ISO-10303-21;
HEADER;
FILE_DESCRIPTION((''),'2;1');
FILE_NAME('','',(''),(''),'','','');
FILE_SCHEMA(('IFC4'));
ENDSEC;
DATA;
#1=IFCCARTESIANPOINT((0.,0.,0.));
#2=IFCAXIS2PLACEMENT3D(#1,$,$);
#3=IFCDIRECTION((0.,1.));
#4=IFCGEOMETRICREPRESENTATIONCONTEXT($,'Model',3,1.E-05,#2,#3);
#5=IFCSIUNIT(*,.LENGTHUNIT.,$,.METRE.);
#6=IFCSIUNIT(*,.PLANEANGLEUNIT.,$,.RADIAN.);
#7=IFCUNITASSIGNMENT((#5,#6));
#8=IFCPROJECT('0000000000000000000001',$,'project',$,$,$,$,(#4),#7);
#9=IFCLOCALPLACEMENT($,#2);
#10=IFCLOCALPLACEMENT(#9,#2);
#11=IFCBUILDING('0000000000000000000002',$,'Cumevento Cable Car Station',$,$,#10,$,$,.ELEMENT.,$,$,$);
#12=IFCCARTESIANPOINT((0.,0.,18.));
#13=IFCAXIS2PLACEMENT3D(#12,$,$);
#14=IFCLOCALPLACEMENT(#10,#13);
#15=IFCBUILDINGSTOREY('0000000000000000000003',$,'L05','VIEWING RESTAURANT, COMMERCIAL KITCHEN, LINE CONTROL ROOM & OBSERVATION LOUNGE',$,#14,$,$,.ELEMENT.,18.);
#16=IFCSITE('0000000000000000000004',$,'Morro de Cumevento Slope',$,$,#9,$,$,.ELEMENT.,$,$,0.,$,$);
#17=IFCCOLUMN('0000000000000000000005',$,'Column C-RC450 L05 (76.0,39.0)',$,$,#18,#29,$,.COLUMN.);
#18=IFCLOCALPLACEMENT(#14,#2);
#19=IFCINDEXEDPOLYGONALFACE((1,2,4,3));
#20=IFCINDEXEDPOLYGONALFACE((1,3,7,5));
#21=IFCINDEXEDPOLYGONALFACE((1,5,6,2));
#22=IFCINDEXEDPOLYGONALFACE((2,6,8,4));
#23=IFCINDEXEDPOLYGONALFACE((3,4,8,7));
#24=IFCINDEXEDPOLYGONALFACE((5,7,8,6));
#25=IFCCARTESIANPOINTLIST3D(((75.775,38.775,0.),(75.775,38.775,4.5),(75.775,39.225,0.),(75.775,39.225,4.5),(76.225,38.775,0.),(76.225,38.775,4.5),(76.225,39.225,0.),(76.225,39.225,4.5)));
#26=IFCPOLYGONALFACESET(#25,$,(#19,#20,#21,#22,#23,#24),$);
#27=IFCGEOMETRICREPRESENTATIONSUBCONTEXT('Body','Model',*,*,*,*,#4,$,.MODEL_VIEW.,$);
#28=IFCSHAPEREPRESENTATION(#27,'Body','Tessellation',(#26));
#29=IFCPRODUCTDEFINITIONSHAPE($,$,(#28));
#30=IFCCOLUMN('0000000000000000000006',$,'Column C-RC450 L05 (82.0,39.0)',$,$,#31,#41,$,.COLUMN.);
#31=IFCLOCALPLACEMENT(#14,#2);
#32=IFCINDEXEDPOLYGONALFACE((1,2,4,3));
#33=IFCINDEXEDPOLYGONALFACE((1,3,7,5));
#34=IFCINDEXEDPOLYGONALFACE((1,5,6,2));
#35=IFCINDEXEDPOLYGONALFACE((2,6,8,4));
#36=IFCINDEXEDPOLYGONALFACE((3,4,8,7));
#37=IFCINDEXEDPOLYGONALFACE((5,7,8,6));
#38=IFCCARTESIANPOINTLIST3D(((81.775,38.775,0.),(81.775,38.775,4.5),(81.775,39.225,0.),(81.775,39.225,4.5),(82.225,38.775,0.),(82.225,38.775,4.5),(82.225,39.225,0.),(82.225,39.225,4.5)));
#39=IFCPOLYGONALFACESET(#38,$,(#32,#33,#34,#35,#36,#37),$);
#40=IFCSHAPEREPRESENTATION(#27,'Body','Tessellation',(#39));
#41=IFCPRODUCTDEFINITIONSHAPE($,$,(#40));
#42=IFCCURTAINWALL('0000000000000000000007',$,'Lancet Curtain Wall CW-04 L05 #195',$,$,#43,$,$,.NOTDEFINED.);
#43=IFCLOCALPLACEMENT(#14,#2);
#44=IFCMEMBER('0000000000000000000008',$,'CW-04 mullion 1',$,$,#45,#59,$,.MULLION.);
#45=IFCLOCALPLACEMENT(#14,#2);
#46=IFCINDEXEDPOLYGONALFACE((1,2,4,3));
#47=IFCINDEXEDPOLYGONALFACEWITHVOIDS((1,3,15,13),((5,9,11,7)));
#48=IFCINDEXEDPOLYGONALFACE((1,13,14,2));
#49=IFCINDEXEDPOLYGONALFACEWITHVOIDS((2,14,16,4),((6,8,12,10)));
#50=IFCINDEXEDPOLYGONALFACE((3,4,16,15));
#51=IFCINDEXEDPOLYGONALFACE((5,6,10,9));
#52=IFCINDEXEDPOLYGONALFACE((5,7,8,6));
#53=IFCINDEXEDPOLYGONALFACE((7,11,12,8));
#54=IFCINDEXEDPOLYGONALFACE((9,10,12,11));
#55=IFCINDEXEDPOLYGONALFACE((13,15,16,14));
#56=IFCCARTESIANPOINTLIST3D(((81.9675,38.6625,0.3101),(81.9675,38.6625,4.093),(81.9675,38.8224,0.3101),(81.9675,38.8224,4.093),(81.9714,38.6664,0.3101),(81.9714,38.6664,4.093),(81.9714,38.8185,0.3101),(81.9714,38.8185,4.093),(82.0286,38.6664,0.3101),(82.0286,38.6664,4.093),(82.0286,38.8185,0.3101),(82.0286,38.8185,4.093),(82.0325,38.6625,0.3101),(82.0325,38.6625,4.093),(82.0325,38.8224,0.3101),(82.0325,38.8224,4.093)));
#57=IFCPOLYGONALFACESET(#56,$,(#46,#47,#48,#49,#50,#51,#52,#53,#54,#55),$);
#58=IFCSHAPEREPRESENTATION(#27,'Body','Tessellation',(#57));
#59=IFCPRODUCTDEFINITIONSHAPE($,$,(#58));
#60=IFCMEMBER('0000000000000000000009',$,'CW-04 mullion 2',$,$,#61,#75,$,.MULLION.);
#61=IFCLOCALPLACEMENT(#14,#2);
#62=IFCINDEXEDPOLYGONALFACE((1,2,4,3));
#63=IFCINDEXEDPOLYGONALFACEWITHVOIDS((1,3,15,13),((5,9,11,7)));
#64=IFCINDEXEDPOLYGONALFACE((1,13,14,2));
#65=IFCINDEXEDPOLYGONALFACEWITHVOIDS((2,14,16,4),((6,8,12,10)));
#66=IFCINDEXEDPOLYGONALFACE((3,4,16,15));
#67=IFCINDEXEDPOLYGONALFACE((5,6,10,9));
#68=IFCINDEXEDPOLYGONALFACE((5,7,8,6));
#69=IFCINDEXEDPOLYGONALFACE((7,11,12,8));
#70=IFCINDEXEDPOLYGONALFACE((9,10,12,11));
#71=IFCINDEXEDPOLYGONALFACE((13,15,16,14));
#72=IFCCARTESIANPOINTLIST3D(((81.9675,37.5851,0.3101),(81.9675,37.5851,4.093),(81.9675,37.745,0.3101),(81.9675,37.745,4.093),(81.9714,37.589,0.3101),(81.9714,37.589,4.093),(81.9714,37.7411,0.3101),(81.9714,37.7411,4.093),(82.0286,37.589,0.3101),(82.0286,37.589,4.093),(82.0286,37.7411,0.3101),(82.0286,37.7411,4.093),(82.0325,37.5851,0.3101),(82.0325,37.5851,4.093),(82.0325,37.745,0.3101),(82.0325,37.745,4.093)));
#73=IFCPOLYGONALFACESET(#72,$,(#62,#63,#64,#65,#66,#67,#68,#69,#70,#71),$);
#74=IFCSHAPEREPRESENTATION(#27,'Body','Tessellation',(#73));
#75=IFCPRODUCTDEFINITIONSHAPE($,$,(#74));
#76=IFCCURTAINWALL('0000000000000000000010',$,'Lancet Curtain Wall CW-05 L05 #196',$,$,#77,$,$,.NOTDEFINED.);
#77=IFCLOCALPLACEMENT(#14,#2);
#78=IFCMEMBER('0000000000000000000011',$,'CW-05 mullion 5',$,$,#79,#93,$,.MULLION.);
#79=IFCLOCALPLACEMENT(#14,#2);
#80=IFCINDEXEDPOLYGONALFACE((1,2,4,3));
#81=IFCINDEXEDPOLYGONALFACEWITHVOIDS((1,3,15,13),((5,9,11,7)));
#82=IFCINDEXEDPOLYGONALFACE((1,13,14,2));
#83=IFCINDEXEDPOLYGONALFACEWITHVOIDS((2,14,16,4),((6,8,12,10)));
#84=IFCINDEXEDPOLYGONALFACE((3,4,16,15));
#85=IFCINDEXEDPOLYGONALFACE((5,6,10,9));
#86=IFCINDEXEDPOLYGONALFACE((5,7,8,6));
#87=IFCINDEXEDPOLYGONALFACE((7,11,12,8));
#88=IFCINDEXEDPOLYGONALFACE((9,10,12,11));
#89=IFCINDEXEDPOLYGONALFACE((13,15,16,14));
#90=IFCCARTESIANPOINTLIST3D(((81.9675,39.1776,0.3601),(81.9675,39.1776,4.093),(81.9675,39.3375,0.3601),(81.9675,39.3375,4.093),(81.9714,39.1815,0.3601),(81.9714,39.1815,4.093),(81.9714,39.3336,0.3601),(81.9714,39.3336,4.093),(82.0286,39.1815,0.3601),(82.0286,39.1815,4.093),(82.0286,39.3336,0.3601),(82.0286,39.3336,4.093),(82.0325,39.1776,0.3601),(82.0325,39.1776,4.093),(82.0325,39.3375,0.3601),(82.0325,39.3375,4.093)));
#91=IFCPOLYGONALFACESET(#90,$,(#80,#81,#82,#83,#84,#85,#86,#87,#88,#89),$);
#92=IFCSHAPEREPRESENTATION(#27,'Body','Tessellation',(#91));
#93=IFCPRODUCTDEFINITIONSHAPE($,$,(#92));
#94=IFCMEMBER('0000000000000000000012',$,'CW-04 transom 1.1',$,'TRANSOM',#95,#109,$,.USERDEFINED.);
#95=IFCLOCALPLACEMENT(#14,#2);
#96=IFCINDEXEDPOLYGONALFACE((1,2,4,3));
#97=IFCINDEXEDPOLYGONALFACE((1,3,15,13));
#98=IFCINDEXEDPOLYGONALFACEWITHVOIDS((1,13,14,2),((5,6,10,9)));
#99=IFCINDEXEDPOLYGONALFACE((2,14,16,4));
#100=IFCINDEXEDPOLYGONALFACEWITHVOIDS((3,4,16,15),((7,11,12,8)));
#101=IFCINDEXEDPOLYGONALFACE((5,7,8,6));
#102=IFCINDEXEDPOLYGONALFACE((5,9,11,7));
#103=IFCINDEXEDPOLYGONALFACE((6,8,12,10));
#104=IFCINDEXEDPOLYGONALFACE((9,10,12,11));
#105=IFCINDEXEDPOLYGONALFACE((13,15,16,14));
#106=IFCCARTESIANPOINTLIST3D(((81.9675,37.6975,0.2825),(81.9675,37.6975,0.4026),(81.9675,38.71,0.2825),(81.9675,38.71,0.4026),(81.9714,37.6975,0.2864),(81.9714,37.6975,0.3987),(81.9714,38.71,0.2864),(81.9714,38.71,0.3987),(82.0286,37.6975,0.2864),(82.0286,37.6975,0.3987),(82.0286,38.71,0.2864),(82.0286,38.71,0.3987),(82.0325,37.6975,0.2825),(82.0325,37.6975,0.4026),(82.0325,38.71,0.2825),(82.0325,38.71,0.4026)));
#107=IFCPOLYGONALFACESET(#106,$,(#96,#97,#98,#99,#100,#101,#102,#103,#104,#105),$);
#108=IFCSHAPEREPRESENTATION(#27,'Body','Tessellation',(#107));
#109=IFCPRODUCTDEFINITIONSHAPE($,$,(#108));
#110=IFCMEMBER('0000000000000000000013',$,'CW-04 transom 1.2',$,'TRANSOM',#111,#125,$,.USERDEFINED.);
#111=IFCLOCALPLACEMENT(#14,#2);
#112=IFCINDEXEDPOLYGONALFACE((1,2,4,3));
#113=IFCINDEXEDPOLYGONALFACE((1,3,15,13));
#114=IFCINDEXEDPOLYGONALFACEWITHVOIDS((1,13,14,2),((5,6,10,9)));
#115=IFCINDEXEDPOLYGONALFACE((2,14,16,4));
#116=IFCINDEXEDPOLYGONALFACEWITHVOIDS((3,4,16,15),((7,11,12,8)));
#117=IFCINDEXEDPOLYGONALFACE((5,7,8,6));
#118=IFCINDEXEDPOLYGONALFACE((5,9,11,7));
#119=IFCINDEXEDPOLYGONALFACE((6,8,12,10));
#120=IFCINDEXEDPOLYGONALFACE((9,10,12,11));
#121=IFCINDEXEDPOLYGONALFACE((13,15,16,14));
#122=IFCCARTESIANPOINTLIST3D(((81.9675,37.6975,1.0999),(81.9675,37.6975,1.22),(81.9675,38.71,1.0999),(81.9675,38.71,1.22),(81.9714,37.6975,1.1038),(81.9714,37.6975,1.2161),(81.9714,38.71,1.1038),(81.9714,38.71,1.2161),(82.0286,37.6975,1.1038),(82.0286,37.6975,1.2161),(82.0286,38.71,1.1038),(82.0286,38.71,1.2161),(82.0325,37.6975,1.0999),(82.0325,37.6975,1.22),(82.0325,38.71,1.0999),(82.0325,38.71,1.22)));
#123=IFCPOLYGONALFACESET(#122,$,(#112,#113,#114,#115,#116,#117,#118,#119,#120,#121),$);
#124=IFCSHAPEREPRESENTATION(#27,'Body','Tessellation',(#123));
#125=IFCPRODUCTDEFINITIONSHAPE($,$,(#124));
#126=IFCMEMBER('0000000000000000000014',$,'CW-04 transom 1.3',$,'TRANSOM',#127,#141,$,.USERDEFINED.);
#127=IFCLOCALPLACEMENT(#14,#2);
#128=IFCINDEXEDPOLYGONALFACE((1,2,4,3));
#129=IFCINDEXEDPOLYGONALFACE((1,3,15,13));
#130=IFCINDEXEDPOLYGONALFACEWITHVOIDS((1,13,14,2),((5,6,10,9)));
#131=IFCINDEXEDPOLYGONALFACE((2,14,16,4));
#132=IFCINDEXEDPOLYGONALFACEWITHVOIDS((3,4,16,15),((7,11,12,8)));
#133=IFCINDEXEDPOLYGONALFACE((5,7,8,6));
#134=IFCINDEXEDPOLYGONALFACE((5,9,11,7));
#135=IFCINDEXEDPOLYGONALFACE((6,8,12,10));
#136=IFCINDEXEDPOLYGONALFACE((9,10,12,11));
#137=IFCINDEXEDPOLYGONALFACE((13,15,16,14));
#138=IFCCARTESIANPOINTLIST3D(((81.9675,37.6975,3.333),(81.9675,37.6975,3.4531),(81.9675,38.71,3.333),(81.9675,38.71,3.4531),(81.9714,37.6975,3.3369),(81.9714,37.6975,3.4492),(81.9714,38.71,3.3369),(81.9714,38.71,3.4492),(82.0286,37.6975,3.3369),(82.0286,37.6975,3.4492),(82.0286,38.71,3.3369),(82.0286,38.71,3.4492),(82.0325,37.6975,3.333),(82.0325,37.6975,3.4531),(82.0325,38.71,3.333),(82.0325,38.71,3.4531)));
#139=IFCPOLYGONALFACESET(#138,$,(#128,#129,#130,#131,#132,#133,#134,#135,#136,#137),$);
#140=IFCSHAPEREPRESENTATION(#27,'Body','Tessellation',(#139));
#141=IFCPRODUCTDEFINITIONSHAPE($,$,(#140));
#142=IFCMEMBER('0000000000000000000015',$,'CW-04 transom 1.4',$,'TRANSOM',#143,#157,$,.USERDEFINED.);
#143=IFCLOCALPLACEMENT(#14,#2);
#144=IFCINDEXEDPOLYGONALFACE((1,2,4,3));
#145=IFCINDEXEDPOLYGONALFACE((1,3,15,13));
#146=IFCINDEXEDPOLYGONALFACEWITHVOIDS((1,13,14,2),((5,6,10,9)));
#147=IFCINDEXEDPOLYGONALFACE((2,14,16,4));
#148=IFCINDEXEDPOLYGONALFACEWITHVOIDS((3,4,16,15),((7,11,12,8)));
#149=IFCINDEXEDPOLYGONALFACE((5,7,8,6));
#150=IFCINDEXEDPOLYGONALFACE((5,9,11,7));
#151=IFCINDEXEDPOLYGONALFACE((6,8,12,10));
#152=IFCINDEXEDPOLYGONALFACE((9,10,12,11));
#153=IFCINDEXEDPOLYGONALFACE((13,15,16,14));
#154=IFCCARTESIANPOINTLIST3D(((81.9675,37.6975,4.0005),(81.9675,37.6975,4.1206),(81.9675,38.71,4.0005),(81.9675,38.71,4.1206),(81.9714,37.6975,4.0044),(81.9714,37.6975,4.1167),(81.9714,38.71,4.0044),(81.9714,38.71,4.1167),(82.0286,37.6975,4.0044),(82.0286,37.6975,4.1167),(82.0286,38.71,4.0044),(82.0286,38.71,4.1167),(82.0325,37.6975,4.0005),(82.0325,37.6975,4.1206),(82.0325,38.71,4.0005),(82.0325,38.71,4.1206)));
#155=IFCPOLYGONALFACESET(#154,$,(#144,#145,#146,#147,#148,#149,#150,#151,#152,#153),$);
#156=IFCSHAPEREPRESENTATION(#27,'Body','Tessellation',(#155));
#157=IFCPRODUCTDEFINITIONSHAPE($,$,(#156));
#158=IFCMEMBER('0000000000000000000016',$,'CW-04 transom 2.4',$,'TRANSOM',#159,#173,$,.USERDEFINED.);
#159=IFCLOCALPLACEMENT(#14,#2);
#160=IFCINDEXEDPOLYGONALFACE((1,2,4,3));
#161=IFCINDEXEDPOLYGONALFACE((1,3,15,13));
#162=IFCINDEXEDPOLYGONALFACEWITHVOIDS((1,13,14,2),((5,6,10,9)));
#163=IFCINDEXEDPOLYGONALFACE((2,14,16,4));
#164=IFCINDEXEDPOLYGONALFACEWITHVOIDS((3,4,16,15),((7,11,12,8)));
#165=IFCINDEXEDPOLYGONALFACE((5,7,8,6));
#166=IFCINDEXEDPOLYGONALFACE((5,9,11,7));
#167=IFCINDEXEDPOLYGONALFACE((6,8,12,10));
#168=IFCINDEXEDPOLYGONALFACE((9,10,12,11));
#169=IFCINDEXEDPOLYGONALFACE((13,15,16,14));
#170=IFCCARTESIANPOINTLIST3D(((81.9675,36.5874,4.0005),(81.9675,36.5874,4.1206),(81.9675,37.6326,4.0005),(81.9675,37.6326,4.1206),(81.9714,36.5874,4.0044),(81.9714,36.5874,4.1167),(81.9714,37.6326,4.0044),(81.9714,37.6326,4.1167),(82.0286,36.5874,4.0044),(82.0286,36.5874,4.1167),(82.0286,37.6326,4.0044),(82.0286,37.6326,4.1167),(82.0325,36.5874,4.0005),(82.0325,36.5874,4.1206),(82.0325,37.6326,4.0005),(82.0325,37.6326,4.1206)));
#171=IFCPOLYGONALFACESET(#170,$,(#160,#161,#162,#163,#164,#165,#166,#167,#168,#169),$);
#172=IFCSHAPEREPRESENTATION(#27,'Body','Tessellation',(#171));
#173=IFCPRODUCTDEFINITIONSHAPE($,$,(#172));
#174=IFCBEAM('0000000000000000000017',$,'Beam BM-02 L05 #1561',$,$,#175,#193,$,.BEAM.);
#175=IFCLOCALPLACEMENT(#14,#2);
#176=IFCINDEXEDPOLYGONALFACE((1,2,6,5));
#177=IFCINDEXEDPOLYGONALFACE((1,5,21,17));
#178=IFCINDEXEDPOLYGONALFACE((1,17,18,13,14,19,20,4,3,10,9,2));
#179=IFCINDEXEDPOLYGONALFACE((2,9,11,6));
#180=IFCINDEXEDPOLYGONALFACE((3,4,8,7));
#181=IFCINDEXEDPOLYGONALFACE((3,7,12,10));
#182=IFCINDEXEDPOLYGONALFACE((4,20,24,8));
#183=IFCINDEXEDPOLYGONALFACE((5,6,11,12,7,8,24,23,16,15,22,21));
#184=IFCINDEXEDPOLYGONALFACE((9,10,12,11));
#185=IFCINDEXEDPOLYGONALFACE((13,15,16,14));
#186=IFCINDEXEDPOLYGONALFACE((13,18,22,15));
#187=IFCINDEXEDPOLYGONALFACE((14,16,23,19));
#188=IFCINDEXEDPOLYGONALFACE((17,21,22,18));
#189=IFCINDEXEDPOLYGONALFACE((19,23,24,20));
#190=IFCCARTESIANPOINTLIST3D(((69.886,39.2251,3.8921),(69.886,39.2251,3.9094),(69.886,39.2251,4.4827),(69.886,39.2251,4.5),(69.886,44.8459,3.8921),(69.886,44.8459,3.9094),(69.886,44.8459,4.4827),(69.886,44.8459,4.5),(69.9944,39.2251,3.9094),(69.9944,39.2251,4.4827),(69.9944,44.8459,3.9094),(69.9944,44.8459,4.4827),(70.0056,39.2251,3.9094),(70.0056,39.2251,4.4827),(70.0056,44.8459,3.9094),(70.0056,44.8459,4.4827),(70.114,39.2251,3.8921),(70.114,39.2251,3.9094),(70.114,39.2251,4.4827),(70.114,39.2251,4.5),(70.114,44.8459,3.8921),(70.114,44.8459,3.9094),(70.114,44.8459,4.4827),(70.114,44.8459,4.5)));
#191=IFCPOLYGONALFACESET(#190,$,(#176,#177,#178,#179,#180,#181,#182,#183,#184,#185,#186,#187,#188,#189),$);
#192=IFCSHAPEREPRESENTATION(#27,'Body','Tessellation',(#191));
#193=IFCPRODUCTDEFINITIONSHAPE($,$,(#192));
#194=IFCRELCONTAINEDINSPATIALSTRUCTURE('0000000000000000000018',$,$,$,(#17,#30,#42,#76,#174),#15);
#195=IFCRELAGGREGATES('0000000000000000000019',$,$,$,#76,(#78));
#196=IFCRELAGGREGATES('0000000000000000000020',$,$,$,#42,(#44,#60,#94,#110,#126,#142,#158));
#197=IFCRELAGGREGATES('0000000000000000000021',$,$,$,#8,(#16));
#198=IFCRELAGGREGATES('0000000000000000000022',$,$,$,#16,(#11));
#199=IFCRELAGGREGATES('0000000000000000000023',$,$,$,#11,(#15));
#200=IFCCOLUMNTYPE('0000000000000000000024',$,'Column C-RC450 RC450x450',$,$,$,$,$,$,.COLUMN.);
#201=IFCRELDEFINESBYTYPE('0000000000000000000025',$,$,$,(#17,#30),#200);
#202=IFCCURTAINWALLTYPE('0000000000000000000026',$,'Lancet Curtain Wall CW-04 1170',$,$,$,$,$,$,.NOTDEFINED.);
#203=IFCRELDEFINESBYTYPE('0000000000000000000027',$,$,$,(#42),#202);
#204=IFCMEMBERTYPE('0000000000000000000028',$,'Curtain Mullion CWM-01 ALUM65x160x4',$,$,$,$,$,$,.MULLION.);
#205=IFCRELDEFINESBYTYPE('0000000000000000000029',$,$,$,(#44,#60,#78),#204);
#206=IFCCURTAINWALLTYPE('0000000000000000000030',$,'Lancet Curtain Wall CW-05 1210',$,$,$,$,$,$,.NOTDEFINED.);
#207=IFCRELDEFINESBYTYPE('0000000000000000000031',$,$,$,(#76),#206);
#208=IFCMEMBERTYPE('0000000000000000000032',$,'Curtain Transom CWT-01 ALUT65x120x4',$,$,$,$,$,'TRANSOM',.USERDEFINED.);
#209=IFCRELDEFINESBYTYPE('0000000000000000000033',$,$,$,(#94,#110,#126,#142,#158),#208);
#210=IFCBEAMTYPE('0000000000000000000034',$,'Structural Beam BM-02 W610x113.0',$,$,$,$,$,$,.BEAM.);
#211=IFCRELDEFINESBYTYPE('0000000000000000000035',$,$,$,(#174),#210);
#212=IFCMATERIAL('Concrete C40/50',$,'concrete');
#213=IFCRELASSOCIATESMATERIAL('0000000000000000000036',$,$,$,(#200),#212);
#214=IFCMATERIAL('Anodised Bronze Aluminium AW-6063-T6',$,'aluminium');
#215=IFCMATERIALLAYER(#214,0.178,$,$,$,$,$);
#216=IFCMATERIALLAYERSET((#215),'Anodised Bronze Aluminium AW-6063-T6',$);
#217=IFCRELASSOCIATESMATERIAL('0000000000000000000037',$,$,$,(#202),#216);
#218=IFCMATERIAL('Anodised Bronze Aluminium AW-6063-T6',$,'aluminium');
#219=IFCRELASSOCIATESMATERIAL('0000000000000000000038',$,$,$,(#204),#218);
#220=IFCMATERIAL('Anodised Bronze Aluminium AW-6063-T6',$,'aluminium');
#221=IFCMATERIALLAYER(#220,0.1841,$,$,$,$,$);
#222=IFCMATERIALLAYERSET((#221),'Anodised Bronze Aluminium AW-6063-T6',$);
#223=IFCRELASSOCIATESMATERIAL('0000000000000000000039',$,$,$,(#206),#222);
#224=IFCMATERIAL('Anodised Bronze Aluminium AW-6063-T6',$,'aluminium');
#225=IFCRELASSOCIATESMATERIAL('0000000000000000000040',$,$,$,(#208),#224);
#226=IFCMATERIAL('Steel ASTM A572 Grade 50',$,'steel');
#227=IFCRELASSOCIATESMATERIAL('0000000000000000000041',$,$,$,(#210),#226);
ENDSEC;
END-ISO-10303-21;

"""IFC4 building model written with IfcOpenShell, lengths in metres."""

from ifc_helpers import new_model, si_unit, direction, frame, origin, origin_2d, place, context, subcontext, project, spatial, rectangle, hollow_rectangle, i_section, extrude, material, layer, layer_set, material_profile, profile_set, type_object, element, aggregate, save


model = new_model("IFC4")

# Units and contexts
model_context = context("Model", 3, precision=1e-05, world=origin(), true_north=direction((0.0, 1.0)))
body_context = subcontext(model_context, "Body", "Model", "MODEL_VIEW")
ifc_project = project(units=[si_unit("LENGTHUNIT", "METRE"), si_unit("PLANEANGLEUNIT", "RADIAN")], contexts=[model_context])

# Site, building, storey
site_placement = place(None, origin())
site = spatial("IfcSite", under=ifc_project, at=site_placement, Name="Morro de Cumevento Slope", CompositionType="ELEMENT", RefElevation=0.0)
building_placement = place(site_placement, origin())
building = spatial("IfcBuilding", under=site, at=building_placement, Name="Cumevento Cable Car Station", CompositionType="ELEMENT")
storey_placement = place(building_placement, frame((0.0, 0.0, 18.0)))
storey = spatial("IfcBuildingStorey", under=building, at=storey_placement, Name="L05", Description="VIEWING RESTAURANT, COMMERCIAL KITCHEN, LINE CONTROL ROOM & OBSERVATION LOUNGE", CompositionType="ELEMENT", Elevation=18.0)

# Columns
ifc_material_1 = material(Name="Concrete C40/50", Category="concrete")
ifc_material_profile_1 = material_profile(ifc_material_1, rectangle(XDim=0.45, YDim=0.45, at=origin_2d()), Name="RC450x450")
ifc_profile_set_1 = profile_set([ifc_material_profile_1], Name="Concrete C40/50")
column_type = type_object("IfcColumnType", Name="Column C-RC450 RC450x450", PredefinedType="COLUMN", material=ifc_profile_set_1)
for number, where, z_axis, x_axis, name in (
    (1, (76.0, 39.0, 0.0), (0.0, 0.0, 1.0), (1.0, 0.0, 0.0), "Column C-RC450 L05 (76.0,39.0)"),
    (2, (82.0, 39.0, 0.0), (0.0, 0.0, 1.0), (1.0, 0.0, 0.0), "Column C-RC450 L05 (82.0,39.0)"),
):
    element("IfcColumn", number, at=place(storey_placement, frame(where, z_axis=z_axis, x_axis=x_axis)), inside=storey, type_object=column_type, Name=name, PredefinedType="COLUMN", context=body_context, shape_type="SweptSolid", body=[
        extrude(rectangle(XDim=0.45, YDim=0.45, at=origin_2d()), origin(), (0.0, 0.0, 1.0), 4.5),
    ])

# Curtain wall, members
ifc_material_2 = material(Name="Anodised Bronze Aluminium AW-6063-T6", Category="aluminium")
ifc_layer_1 = layer(ifc_material_2, 0.178)
ifc_layer_set_1 = layer_set([ifc_layer_1], Name="Anodised Bronze Aluminium AW-6063-T6")
curtain_wall_type_1 = type_object("IfcCurtainWallType", Name="Lancet Curtain Wall CW-04 1170", PredefinedType="NOTDEFINED", material=ifc_layer_set_1)
curtain_wall_1_placement = place(storey_placement, origin())
curtain_wall_1 = element("IfcCurtainWall", 3, at=curtain_wall_1_placement, inside=storey, type_object=curtain_wall_type_1, Name="Lancet Curtain Wall CW-04 L05 #195", PredefinedType="NOTDEFINED")
ifc_material_3 = material(Name="Anodised Bronze Aluminium AW-6063-T6", Category="aluminium")
ifc_material_profile_2 = material_profile(ifc_material_3, hollow_rectangle(XDim=0.0649, YDim=0.1599, WallThickness=0.0039, at=origin_2d()), Name="ALUM65x160x4")
ifc_profile_set_2 = profile_set([ifc_material_profile_2], Name="Anodised Bronze Aluminium AW-6063-T6")
member_type_1 = type_object("IfcMemberType", Name="Curtain Mullion CWM-01 ALUM65x160x4", PredefinedType="MULLION", material=ifc_profile_set_2)
member_1_placement = place(storey_placement, frame((82.0, 38.7424, 0.3101), z_axis=(0.0, 0.0, 1.0), x_axis=(1.0, 0.0, 0.0)))
member_1 = element("IfcMember", 4, at=member_1_placement, type_object=member_type_1, Name="CW-04 mullion 1", PredefinedType="MULLION", context=body_context, shape_type="SweptSolid", body=[
    extrude(hollow_rectangle(XDim=0.0649, YDim=0.1599, WallThickness=0.0039, at=origin_2d()), origin(), (0.0, 0.0, 1.0), 3.783),
])
member_2_placement = place(storey_placement, frame((82.0, 37.665, 0.3101), z_axis=(0.0, 0.0, 1.0), x_axis=(1.0, 0.0, 0.0)))
member_2 = element("IfcMember", 5, at=member_2_placement, type_object=member_type_1, Name="CW-04 mullion 2", PredefinedType="MULLION", context=body_context, shape_type="SweptSolid", body=[
    extrude(hollow_rectangle(XDim=0.0649, YDim=0.1599, WallThickness=0.0039, at=origin_2d()), origin(), (0.0, 0.0, 1.0), 3.783),
])

# Curtain wall, member
ifc_material_4 = material(Name="Anodised Bronze Aluminium AW-6063-T6", Category="aluminium")
ifc_layer_2 = layer(ifc_material_4, 0.1841)
ifc_layer_set_2 = layer_set([ifc_layer_2], Name="Anodised Bronze Aluminium AW-6063-T6")
curtain_wall_type_2 = type_object("IfcCurtainWallType", Name="Lancet Curtain Wall CW-05 1210", PredefinedType="NOTDEFINED", material=ifc_layer_set_2)
curtain_wall_2_placement = place(storey_placement, origin())
curtain_wall_2 = element("IfcCurtainWall", 6, at=curtain_wall_2_placement, inside=storey, type_object=curtain_wall_type_2, Name="Lancet Curtain Wall CW-05 L05 #196", PredefinedType="NOTDEFINED")
member_3_placement = place(storey_placement, frame((82.0, 39.2576, 0.3601), z_axis=(0.0, 0.0, 1.0), x_axis=(1.0, 0.0, 0.0)))
member_3 = element("IfcMember", 7, at=member_3_placement, type_object=member_type_1, Name="CW-05 mullion 5", PredefinedType="MULLION", context=body_context, shape_type="SweptSolid", body=[
    extrude(hollow_rectangle(XDim=0.0649, YDim=0.1599, WallThickness=0.0039, at=origin_2d()), origin(), (0.0, 0.0, 1.0), 3.7329),
])
aggregate(curtain_wall_2, [member_3])

# Members
ifc_material_5 = material(Name="Anodised Bronze Aluminium AW-6063-T6", Category="aluminium")
ifc_material_profile_3 = material_profile(ifc_material_5, hollow_rectangle(XDim=0.0649, YDim=0.1201, WallThickness=0.0039, at=origin_2d()), Name="ALUT65x120x4")
ifc_profile_set_3 = profile_set([ifc_material_profile_3], Name="Anodised Bronze Aluminium AW-6063-T6")
member_type_2 = type_object("IfcMemberType", Name="Curtain Transom CWT-01 ALUT65x120x4", ElementType="TRANSOM", PredefinedType="USERDEFINED", material=ifc_profile_set_3)
member_4_placement = place(storey_placement, frame((82.0, 38.71, 0.3425), z_axis=(0.0, -1.0, 0.0), x_axis=(1.0, 0.0, 0.0)))
member_4 = element("IfcMember", 8, at=member_4_placement, type_object=member_type_2, Name="CW-04 transom 1.1", ObjectType="TRANSOM", PredefinedType="USERDEFINED", context=body_context, shape_type="SweptSolid", body=[
    extrude(hollow_rectangle(XDim=0.0649, YDim=0.1201, WallThickness=0.0039, at=origin_2d()), origin(), (0.0, 0.0, 1.0), 1.0125),
])
member_5_placement = place(storey_placement, frame((82.0, 38.71, 1.1599), z_axis=(0.0, -1.0, 0.0), x_axis=(1.0, 0.0, 0.0)))
member_5 = element("IfcMember", 9, at=member_5_placement, type_object=member_type_2, Name="CW-04 transom 1.2", ObjectType="TRANSOM", PredefinedType="USERDEFINED", context=body_context, shape_type="SweptSolid", body=[
    extrude(hollow_rectangle(XDim=0.0649, YDim=0.1201, WallThickness=0.0039, at=origin_2d()), origin(), (0.0, 0.0, 1.0), 1.0125),
])
member_6_placement = place(storey_placement, frame((82.0, 38.71, 3.3931), z_axis=(0.0, -1.0, 0.0), x_axis=(1.0, 0.0, 0.0)))
member_6 = element("IfcMember", 10, at=member_6_placement, type_object=member_type_2, Name="CW-04 transom 1.3", ObjectType="TRANSOM", PredefinedType="USERDEFINED", context=body_context, shape_type="SweptSolid", body=[
    extrude(hollow_rectangle(XDim=0.0649, YDim=0.1201, WallThickness=0.0039, at=origin_2d()), origin(), (0.0, 0.0, 1.0), 1.0125),
])
member_7_placement = place(storey_placement, frame((82.0, 38.71, 4.0605), z_axis=(0.0, -1.0, 0.0), x_axis=(1.0, 0.0, 0.0)))
member_7 = element("IfcMember", 11, at=member_7_placement, type_object=member_type_2, Name="CW-04 transom 1.4", ObjectType="TRANSOM", PredefinedType="USERDEFINED", context=body_context, shape_type="SweptSolid", body=[
    extrude(hollow_rectangle(XDim=0.0649, YDim=0.1201, WallThickness=0.0039, at=origin_2d()), origin(), (0.0, 0.0, 1.0), 1.0125),
])
member_8_placement = place(storey_placement, frame((82.0, 37.6326, 4.0605), z_axis=(0.0, -1.0, 0.0), x_axis=(1.0, 0.0, 0.0)))
member_8 = element("IfcMember", 12, at=member_8_placement, type_object=member_type_2, Name="CW-04 transom 2.4", ObjectType="TRANSOM", PredefinedType="USERDEFINED", context=body_context, shape_type="SweptSolid", body=[
    extrude(hollow_rectangle(XDim=0.0649, YDim=0.1201, WallThickness=0.0039, at=origin_2d()), origin(), (0.0, 0.0, 1.0), 1.0452),
])

# Beam
ifc_material_6 = material(Name="Steel ASTM A572 Grade 50", Category="steel")
ifc_material_profile_4 = material_profile(ifc_material_6, i_section(OverallWidth=0.228, OverallDepth=0.6079, WebThickness=0.0112, FlangeThickness=0.0173, at=origin_2d()), Name="W610x113.0")
ifc_profile_set_4 = profile_set([ifc_material_profile_4], Name="Steel ASTM A572 Grade 50")
beam_type_1 = type_object("IfcBeamType", Name="Structural Beam BM-02 W610x113.0", PredefinedType="BEAM", material=ifc_profile_set_4)
for number, where, z_axis, x_axis, name in (
    (13, (70.0, 39.2251, 4.196), (0.0, 1.0, 0.0), (-1.0, 0.0, 0.0), "Beam BM-02 L05 #1561"),
):
    element("IfcBeam", number, at=place(storey_placement, frame(where, z_axis=z_axis, x_axis=x_axis)), inside=storey, type_object=beam_type_1, Name=name, PredefinedType="BEAM", context=body_context, shape_type="SweptSolid", body=[
        extrude(i_section(OverallWidth=0.228, OverallDepth=0.6079, WebThickness=0.0112, FlangeThickness=0.0173, at=origin_2d()), origin(), (0.0, 0.0, 1.0), 5.6208),
    ])

aggregate(curtain_wall_1, [member_1, member_2, member_4, member_5, member_6, member_7, member_8])

save(model, "model.ifc")
